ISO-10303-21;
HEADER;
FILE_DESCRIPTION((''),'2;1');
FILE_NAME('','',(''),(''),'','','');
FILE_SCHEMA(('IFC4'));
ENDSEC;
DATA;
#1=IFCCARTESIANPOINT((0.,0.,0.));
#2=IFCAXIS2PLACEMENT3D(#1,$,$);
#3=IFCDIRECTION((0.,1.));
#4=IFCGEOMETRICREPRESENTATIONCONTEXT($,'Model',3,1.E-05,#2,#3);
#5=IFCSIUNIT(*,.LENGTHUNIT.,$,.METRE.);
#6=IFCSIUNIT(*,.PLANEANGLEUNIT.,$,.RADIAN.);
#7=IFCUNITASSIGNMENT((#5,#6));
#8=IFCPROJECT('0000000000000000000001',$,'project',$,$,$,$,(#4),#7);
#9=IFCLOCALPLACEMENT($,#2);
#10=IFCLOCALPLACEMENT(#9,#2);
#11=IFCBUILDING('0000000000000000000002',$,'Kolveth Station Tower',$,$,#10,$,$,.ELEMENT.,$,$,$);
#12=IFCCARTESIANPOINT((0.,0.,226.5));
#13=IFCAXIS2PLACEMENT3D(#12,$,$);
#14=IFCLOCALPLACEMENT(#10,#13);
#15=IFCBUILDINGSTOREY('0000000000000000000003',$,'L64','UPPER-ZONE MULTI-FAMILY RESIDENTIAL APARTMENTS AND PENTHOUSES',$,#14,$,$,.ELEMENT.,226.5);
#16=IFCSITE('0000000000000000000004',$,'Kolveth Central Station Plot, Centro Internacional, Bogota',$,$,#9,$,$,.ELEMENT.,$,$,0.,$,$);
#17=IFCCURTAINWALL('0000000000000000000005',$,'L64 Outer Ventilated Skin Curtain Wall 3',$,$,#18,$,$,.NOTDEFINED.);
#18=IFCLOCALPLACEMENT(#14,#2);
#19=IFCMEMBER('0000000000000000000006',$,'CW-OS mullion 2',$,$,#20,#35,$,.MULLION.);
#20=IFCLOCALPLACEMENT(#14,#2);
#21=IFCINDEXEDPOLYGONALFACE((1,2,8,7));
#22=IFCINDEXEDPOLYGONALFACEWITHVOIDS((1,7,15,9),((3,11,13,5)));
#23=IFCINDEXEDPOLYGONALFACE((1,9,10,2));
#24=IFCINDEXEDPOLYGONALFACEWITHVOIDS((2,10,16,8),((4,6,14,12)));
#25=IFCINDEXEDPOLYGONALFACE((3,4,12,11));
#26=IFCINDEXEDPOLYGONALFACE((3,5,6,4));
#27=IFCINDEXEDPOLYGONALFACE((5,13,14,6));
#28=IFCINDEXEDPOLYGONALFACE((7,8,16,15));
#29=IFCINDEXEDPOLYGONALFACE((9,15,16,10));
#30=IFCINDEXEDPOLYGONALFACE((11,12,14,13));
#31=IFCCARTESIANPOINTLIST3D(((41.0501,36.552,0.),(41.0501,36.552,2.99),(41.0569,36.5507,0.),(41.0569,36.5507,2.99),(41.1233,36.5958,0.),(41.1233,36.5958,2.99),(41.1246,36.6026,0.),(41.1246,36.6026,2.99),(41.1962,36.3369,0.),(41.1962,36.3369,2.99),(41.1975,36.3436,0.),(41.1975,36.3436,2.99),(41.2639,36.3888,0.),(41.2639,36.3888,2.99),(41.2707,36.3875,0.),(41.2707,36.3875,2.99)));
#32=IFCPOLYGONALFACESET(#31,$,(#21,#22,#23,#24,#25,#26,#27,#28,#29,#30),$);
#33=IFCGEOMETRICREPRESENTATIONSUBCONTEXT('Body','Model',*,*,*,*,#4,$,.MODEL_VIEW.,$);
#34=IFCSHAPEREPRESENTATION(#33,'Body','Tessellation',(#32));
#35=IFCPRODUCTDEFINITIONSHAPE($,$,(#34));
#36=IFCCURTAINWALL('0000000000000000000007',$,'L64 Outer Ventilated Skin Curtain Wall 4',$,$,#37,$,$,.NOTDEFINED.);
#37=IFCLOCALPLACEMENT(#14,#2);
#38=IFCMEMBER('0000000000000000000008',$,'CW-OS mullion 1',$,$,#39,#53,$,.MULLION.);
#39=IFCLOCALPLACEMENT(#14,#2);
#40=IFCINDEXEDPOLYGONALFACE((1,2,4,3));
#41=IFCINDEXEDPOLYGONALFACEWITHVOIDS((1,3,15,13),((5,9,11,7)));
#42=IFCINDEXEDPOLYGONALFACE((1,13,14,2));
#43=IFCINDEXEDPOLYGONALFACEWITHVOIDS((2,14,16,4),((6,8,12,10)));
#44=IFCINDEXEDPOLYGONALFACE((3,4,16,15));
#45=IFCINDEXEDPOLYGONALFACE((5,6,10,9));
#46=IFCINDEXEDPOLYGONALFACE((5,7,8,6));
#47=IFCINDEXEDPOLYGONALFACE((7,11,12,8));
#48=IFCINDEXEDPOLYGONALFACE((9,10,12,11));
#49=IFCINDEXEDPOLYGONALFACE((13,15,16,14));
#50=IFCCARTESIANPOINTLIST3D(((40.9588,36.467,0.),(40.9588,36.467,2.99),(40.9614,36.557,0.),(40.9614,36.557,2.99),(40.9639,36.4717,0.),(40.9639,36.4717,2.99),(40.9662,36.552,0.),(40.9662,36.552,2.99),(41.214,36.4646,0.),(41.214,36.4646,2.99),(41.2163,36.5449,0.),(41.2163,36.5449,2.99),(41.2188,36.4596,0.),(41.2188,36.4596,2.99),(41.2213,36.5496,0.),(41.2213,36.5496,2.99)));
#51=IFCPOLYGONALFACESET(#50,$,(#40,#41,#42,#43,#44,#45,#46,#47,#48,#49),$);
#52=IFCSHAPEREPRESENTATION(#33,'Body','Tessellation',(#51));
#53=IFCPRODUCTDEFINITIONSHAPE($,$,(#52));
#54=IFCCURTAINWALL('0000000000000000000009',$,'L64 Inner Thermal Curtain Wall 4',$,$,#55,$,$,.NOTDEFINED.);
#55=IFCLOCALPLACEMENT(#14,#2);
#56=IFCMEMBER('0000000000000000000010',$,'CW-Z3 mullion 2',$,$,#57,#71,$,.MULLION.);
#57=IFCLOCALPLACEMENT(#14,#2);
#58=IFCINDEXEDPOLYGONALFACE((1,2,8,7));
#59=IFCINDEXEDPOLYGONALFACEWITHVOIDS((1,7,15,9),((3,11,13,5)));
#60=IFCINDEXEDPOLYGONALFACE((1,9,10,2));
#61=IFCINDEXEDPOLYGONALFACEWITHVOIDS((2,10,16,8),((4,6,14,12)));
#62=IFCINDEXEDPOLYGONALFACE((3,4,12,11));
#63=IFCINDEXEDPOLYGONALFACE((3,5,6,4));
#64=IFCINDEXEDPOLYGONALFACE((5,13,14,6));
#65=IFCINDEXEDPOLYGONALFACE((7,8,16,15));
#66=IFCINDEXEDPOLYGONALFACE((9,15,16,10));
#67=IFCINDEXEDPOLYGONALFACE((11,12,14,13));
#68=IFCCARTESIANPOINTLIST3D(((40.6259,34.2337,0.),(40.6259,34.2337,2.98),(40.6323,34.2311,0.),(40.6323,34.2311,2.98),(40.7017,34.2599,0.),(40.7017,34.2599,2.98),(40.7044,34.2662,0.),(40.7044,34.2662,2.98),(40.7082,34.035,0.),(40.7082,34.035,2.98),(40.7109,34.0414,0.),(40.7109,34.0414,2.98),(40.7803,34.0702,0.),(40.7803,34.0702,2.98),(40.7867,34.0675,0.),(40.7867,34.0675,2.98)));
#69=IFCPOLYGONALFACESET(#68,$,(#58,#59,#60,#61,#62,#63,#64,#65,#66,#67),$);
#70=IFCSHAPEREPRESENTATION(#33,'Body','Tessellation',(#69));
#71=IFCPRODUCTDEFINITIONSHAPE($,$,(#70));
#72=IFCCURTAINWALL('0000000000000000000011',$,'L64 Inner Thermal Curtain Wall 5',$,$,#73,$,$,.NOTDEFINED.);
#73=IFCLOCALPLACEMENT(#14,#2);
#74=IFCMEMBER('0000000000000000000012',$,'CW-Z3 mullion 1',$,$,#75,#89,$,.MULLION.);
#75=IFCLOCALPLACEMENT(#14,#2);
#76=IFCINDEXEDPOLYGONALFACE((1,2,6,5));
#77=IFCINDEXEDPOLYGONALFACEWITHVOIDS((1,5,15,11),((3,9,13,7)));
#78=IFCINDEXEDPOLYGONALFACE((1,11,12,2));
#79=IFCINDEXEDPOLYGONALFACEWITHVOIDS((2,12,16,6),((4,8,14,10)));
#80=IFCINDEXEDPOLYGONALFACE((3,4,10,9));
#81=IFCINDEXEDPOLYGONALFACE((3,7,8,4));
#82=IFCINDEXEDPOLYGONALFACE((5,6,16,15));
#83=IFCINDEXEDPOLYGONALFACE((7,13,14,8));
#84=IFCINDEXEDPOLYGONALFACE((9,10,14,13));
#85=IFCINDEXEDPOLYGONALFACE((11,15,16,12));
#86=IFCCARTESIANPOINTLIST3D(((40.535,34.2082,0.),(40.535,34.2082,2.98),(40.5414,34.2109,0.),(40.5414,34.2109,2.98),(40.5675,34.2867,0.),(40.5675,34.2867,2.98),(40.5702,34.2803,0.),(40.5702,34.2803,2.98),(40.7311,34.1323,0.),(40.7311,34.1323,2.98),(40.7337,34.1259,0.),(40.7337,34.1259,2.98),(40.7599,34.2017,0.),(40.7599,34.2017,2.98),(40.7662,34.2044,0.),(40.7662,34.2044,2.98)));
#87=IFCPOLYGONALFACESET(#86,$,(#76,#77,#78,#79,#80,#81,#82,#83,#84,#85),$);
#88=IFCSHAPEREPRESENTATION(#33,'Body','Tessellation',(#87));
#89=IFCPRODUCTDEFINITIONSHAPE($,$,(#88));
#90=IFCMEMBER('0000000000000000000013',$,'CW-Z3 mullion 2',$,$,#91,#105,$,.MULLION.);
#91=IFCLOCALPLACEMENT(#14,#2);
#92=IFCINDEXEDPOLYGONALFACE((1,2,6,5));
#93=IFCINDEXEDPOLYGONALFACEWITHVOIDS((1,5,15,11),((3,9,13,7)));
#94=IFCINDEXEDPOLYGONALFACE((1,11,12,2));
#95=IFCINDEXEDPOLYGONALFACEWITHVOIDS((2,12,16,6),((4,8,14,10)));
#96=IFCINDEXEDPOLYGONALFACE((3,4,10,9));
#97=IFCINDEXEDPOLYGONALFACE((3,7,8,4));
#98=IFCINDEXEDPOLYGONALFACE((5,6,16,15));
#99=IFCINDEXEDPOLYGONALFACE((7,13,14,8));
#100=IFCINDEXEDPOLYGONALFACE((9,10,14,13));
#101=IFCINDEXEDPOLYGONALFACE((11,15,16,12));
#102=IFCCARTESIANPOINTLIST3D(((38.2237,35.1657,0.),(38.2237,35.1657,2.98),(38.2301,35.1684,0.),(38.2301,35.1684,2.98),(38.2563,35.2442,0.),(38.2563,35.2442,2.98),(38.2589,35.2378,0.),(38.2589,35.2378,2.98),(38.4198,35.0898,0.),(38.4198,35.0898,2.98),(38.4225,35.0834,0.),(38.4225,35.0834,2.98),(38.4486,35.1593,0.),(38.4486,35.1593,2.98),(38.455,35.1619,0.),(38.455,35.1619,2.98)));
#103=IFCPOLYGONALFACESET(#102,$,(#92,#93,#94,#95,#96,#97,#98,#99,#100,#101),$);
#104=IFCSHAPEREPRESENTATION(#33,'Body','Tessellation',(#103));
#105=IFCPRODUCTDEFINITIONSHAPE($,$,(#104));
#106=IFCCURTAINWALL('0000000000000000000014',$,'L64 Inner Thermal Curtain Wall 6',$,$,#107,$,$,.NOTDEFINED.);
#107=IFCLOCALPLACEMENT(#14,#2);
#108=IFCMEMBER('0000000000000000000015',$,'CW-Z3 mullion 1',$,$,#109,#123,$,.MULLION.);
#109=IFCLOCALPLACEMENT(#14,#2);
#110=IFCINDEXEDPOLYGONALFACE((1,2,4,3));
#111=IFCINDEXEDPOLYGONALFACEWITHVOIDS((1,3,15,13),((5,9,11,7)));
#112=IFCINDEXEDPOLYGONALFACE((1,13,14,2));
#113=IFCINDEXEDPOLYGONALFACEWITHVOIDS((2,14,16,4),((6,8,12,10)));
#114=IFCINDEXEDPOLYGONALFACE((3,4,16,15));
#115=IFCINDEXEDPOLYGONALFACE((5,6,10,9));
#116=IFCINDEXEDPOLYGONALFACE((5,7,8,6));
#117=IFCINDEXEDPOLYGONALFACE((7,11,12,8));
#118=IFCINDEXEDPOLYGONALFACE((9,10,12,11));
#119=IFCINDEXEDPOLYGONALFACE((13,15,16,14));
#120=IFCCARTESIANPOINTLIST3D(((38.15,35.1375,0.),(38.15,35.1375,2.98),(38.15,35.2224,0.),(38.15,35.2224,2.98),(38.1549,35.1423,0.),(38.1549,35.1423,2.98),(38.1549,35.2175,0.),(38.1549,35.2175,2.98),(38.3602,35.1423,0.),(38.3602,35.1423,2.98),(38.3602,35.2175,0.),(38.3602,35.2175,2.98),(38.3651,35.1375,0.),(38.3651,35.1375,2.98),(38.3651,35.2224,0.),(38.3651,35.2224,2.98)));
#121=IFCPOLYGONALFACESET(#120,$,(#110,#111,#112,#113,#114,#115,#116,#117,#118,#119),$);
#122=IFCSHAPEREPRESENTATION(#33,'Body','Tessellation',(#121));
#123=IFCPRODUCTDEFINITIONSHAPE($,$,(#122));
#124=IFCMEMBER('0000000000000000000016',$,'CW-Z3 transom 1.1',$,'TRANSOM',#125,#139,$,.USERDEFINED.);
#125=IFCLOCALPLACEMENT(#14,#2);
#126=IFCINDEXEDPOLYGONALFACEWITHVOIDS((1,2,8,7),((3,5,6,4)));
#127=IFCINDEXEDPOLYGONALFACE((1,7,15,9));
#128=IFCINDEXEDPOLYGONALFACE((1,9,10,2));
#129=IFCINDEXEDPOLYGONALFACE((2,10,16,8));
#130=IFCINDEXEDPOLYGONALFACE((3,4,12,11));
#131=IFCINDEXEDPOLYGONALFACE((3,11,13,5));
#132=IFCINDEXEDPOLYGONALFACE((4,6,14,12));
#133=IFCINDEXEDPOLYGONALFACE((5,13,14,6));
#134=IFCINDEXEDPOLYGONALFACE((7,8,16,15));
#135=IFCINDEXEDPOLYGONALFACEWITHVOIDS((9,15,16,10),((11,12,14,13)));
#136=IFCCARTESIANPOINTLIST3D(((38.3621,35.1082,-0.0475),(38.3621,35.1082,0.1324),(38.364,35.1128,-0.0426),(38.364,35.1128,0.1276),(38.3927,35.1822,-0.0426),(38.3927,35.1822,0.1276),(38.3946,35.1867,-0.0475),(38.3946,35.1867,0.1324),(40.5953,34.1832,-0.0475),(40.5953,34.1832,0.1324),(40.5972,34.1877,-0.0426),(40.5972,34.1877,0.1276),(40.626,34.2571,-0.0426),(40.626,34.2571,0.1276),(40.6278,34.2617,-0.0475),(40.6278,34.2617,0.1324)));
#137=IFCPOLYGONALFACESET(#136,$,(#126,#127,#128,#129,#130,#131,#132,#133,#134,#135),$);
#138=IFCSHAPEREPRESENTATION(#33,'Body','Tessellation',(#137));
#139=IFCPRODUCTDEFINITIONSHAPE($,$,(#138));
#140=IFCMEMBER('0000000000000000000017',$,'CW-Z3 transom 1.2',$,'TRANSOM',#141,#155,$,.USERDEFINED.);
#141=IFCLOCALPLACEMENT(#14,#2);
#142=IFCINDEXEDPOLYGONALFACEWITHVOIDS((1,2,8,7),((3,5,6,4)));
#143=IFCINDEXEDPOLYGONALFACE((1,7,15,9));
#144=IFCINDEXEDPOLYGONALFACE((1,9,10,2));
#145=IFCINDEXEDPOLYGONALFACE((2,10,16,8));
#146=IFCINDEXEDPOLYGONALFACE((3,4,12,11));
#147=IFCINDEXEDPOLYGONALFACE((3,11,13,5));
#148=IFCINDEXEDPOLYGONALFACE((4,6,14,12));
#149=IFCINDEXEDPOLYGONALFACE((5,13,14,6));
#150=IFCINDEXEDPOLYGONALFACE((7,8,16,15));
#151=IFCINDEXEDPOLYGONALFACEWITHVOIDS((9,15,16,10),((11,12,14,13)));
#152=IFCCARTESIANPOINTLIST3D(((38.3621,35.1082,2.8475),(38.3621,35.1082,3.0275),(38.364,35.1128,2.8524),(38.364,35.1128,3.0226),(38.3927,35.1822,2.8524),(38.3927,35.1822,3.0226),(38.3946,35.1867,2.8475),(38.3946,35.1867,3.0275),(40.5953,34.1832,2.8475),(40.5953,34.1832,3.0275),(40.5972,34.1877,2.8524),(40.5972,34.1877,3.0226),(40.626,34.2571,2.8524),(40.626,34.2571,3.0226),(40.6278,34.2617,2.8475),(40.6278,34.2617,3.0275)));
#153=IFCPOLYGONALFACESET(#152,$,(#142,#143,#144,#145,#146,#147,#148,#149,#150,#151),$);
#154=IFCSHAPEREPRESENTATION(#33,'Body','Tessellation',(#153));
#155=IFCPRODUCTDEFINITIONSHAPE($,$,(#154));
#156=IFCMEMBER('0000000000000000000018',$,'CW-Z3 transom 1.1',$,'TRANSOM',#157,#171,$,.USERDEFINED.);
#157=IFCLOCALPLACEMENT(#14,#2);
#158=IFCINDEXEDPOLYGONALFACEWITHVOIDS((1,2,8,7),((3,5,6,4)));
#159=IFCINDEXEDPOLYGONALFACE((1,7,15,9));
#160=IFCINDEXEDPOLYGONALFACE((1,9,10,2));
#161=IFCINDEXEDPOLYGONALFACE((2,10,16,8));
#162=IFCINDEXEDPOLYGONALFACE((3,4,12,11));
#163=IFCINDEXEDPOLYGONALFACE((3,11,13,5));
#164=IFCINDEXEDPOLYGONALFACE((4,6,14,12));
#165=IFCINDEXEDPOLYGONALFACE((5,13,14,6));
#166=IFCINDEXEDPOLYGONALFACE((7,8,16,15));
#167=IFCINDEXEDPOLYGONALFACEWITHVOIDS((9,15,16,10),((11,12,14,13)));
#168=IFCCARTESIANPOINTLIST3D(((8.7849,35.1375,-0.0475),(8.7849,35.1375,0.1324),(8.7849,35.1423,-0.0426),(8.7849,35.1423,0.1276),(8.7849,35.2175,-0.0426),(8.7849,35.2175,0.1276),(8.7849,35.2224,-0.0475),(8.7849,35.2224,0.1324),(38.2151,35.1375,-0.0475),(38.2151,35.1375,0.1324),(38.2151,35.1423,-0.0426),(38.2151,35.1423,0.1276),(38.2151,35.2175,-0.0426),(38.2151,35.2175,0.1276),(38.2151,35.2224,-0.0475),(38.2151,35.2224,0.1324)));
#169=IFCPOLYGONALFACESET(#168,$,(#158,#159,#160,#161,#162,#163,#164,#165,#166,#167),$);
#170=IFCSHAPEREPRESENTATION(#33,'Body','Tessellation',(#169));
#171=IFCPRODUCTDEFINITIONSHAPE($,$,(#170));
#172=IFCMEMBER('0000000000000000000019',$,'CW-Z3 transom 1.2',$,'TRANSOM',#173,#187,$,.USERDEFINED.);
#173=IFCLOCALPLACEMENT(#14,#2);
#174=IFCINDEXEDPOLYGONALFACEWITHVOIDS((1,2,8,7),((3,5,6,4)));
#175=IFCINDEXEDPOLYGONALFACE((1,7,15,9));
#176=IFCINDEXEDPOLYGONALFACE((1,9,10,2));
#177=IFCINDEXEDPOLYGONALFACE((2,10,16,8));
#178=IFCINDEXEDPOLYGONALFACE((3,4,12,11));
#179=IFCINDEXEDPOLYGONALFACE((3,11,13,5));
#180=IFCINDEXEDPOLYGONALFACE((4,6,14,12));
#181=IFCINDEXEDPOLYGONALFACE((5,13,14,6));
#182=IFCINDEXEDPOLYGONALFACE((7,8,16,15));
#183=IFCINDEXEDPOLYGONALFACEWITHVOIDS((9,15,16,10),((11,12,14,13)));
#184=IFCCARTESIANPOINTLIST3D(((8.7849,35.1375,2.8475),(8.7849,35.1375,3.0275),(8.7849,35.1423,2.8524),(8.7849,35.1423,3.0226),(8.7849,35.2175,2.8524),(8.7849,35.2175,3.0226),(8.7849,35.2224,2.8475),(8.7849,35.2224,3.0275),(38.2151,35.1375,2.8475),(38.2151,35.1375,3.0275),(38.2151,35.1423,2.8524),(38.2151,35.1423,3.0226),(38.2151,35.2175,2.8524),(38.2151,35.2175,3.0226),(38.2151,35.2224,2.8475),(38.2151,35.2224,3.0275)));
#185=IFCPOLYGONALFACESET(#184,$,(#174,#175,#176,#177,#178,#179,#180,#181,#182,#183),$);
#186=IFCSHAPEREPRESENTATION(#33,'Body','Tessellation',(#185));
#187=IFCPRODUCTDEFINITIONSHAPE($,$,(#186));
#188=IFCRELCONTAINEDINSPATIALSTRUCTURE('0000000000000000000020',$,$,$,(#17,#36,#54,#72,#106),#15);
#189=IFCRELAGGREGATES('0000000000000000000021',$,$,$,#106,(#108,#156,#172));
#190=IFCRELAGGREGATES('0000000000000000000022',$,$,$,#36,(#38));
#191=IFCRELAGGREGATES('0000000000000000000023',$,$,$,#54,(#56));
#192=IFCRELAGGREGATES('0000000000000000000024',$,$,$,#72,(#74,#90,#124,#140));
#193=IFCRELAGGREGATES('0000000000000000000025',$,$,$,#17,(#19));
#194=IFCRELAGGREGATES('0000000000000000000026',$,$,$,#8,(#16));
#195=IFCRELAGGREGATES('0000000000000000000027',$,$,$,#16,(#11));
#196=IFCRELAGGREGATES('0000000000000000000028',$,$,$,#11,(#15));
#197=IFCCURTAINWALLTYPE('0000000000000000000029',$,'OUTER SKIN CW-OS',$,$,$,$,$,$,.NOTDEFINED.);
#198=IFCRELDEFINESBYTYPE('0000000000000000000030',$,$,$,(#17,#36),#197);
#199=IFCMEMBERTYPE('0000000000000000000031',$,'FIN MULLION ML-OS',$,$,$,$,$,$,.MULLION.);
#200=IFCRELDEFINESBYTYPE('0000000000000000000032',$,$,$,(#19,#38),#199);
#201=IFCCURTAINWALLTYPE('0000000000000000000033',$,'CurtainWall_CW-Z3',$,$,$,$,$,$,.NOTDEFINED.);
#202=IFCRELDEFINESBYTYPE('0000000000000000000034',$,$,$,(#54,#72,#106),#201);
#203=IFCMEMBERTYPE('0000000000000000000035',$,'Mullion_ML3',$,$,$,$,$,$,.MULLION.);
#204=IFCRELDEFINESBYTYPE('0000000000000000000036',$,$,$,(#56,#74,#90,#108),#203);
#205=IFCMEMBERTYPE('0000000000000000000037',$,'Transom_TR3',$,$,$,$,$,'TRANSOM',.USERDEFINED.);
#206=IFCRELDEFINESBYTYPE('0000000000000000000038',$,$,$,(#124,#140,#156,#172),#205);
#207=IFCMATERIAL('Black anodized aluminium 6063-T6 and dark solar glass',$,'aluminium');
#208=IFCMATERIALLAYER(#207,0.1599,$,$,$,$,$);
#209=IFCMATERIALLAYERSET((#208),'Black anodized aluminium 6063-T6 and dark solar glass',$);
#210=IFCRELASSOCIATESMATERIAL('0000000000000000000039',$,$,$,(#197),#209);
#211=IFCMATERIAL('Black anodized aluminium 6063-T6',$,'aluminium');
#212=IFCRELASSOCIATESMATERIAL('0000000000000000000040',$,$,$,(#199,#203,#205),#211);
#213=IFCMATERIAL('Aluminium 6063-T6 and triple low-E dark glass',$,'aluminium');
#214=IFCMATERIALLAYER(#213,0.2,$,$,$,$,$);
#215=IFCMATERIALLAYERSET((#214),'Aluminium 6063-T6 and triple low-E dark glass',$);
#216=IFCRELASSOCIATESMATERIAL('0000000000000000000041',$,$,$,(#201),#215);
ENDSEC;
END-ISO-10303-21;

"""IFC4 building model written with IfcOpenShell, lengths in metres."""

from ifc_helpers import new_model, si_unit, direction, frame, origin, origin_2d, place, context, subcontext, project, spatial, hollow_rectangle, extrude, source, transform, mapped, material, layer, layer_set, material_profile, profile_set, type_object, element, aggregate, save


model = new_model("IFC4")

# Units and contexts
model_context = context("Model", 3, precision=1e-05, world=origin(), true_north=direction((0.0, 1.0)))
body_context = subcontext(model_context, "Body", "Model", "MODEL_VIEW")
ifc_project = project(units=[si_unit("LENGTHUNIT", "METRE"), si_unit("PLANEANGLEUNIT", "RADIAN")], contexts=[model_context])

# Site, building, storey
site_placement = place(None, origin())
site = spatial("IfcSite", under=ifc_project, at=site_placement, Name="Kolveth Central Station Plot, Centro Internacional, Bogota", CompositionType="ELEMENT", RefElevation=0.0)
building_placement = place(site_placement, origin())
building = spatial("IfcBuilding", under=site, at=building_placement, Name="Kolveth Station Tower", CompositionType="ELEMENT")
storey_placement = place(building_placement, frame((0.0, 0.0, 226.5)))
storey = spatial("IfcBuildingStorey", under=building, at=storey_placement, Name="L64", Description="UPPER-ZONE MULTI-FAMILY RESIDENTIAL APARTMENTS AND PENTHOUSES", CompositionType="ELEMENT", Elevation=226.5)

# Curtain walls, members
ifc_material_1 = material(Name="Black anodized aluminium 6063-T6 and dark solar glass", Category="aluminium")
ifc_layer_1 = layer(ifc_material_1, 0.1599)
ifc_layer_set_1 = layer_set([ifc_layer_1], Name="Black anodized aluminium 6063-T6 and dark solar glass")
curtain_wall_type_1 = type_object("IfcCurtainWallType", Name="OUTER SKIN CW-OS", PredefinedType="NOTDEFINED", material=ifc_layer_set_1)
curtain_wall_1_placement = place(storey_placement, origin())
curtain_wall_1 = element("IfcCurtainWall", 1, at=curtain_wall_1_placement, inside=storey, type_object=curtain_wall_type_1, Name="L64 Outer Ventilated Skin Curtain Wall 3", PredefinedType="NOTDEFINED")
ifc_material_2 = material(Name="Black anodized aluminium 6063-T6", Category="aluminium")
ifc_material_profile_1 = material_profile(ifc_material_2, hollow_rectangle(XDim=0.0901, YDim=0.26, WallThickness=0.0049, at=origin_2d()), Name="ALU-90x260x5")
ifc_profile_set_1 = profile_set([ifc_material_profile_1], Name="Black anodized aluminium 6063-T6")
member_type_1 = type_object("IfcMemberType", Name="FIN MULLION ML-OS", PredefinedType="MULLION", material=ifc_profile_set_1)
shared_shape_1 = source(origin(), body_context, "Body", "SweptSolid", [
    extrude(hollow_rectangle(XDim=0.0901, YDim=0.26, WallThickness=0.0049, at=origin_2d()), origin(), (0.0, 0.0, 1.0), 2.99),
])
member_1_placement = place(storey_placement, frame((41.1604, 36.4697, 0.0), z_axis=(0.0, 0.0, 1.0), x_axis=(-0.827335, -0.561709, 0.0)))
member_1 = element("IfcMember", 2, at=member_1_placement, type_object=member_type_1, Name="CW-OS mullion 2", PredefinedType="MULLION", context=body_context, shape_type="MappedRepresentation", body=[
    mapped(shared_shape_1, transform((0.0, 0.0, 0.0), x_axis=(1.0, 0.0, 0.0), y_axis=(0.0, 1.0, 0.0), z_axis=(0.0, 0.0, 1.0), scale=1.0)),
])
curtain_wall_2_placement = place(storey_placement, origin())
curtain_wall_2 = element("IfcCurtainWall", 3, at=curtain_wall_2_placement, inside=storey, type_object=curtain_wall_type_1, Name="L64 Outer Ventilated Skin Curtain Wall 4", PredefinedType="NOTDEFINED")
member_2_placement = place(storey_placement, frame((41.0901, 36.5083, 0.0), z_axis=(0.0, 0.0, 1.0), x_axis=(-0.028562, -0.999592, 0.0)))
member_2 = element("IfcMember", 4, at=member_2_placement, type_object=member_type_1, Name="CW-OS mullion 1", PredefinedType="MULLION", context=body_context, shape_type="MappedRepresentation", body=[
    mapped(shared_shape_1, transform((0.0, 0.0, 0.0), x_axis=(1.0, 0.0, 0.0), y_axis=(0.0, 1.0, 0.0), z_axis=(0.0, 0.0, 1.0), scale=1.0)),
])
ifc_material_3 = material(Name="Aluminium 6063-T6 and triple low-E dark glass", Category="aluminium")
ifc_layer_2 = layer(ifc_material_3, 0.2)
ifc_layer_set_2 = layer_set([ifc_layer_2], Name="Aluminium 6063-T6 and triple low-E dark glass")
curtain_wall_type_2 = type_object("IfcCurtainWallType", Name="CurtainWall_CW-Z3", PredefinedType="NOTDEFINED", material=ifc_layer_set_2)
curtain_wall_3_placement = place(storey_placement, origin())
curtain_wall_3 = element("IfcCurtainWall", 5, at=curtain_wall_3_placement, inside=storey, type_object=curtain_wall_type_2, Name="L64 Inner Thermal Curtain Wall 4", PredefinedType="NOTDEFINED")
ifc_material_profile_2 = material_profile(ifc_material_2, hollow_rectangle(XDim=0.085, YDim=0.2151, WallThickness=0.0049, at=origin_2d()), Name="ALU-85x215x5")
ifc_profile_set_2 = profile_set([ifc_material_profile_2], Name="Black anodized aluminium 6063-T6")
member_type_2 = type_object("IfcMemberType", Name="Mullion_ML3", PredefinedType="MULLION", material=ifc_profile_set_2)
shared_shape_2 = source(origin(), body_context, "Body", "SweptSolid", [
    extrude(hollow_rectangle(XDim=0.085, YDim=0.2151, WallThickness=0.0049, at=origin_2d()), origin(), (0.0, 0.0, 1.0), 2.98),
])
member_3_placement = place(storey_placement, frame((40.7063, 34.1506, 0.0), z_axis=(0.0, 0.0, 1.0), x_axis=(-0.923875, -0.382693, 0.0)))
member_3 = element("IfcMember", 6, at=member_3_placement, type_object=member_type_2, Name="CW-Z3 mullion 2", PredefinedType="MULLION", context=body_context, shape_type="MappedRepresentation", body=[
    mapped(shared_shape_2, transform((0.0, 0.0, 0.0), x_axis=(1.0, 0.0, 0.0), y_axis=(0.0, 1.0, 0.0), z_axis=(0.0, 0.0, 1.0), scale=1.0)),
])

# Curtain wall, members
curtain_wall_4_placement = place(storey_placement, origin())
curtain_wall_4 = element("IfcCurtainWall", 7, at=curtain_wall_4_placement, inside=storey, type_object=curtain_wall_type_2, Name="L64 Inner Thermal Curtain Wall 5", PredefinedType="NOTDEFINED")
member_4_placement = place(storey_placement, frame((40.6506, 34.2063, 0.0), z_axis=(0.0, 0.0, 1.0), x_axis=(-0.382693, -0.923875, 0.0)))
member_4 = element("IfcMember", 8, at=member_4_placement, type_object=member_type_2, Name="CW-Z3 mullion 1", PredefinedType="MULLION", context=body_context, shape_type="MappedRepresentation", body=[
    mapped(shared_shape_2, transform((0.0, 0.0, 0.0), x_axis=(1.0, 0.0, 0.0), y_axis=(0.0, 1.0, 0.0), z_axis=(0.0, 0.0, 1.0), scale=1.0)),
])
member_5_placement = place(storey_placement, frame((38.3394, 35.1638, 0.0), z_axis=(0.0, 0.0, 1.0), x_axis=(-0.382693, -0.923875, 0.0)))
member_5 = element("IfcMember", 9, at=member_5_placement, type_object=member_type_2, Name="CW-Z3 mullion 2", PredefinedType="MULLION", context=body_context, shape_type="MappedRepresentation", body=[
    mapped(shared_shape_2, transform((0.0, 0.0, 0.0), x_axis=(1.0, 0.0, 0.0), y_axis=(0.0, 1.0, 0.0), z_axis=(0.0, 0.0, 1.0), scale=1.0)),
])

# Curtain wall, member
curtain_wall_5_placement = place(storey_placement, origin())
curtain_wall_5 = element("IfcCurtainWall", 10, at=curtain_wall_5_placement, inside=storey, type_object=curtain_wall_type_2, Name="L64 Inner Thermal Curtain Wall 6", PredefinedType="NOTDEFINED")
member_6_placement = place(storey_placement, frame((38.2576, 35.1799, 0.0), z_axis=(0.0, 0.0, 1.0), x_axis=(0.0, -1.0, 0.0)))
member_6 = element("IfcMember", 11, at=member_6_placement, type_object=member_type_2, Name="CW-Z3 mullion 1", PredefinedType="MULLION", context=body_context, shape_type="MappedRepresentation", body=[
    mapped(shared_shape_2, transform((0.0, 0.0, 0.0), x_axis=(1.0, 0.0, 0.0), y_axis=(0.0, 1.0, 0.0), z_axis=(0.0, 0.0, 1.0), scale=1.0)),
])

# Members
ifc_material_profile_3 = material_profile(ifc_material_2, hollow_rectangle(XDim=0.085, YDim=0.1799, WallThickness=0.0049, at=origin_2d()), Name="ALU-85x180x5")
ifc_profile_set_3 = profile_set([ifc_material_profile_3], Name="Black anodized aluminium 6063-T6")
member_type_3 = type_object("IfcMemberType", Name="Transom_TR3", ElementType="TRANSOM", PredefinedType="USERDEFINED", material=ifc_profile_set_3)
shared_shape_3 = source(origin(), body_context, "Body", "SweptSolid", [
    extrude(hollow_rectangle(XDim=0.085, YDim=0.1799, WallThickness=0.0049, at=origin_2d()), origin(), (0.0, 0.0, 1.0), 2.4172),
])
member_7_placement = place(storey_placement, frame((40.6116, 34.2224, 0.0425), z_axis=(-0.923873, 0.3827, 0.0), x_axis=(-0.3827, -0.923873, 0.0)))
member_7 = element("IfcMember", 12, at=member_7_placement, type_object=member_type_3, Name="CW-Z3 transom 1.1", ObjectType="TRANSOM", PredefinedType="USERDEFINED", context=body_context, shape_type="MappedRepresentation", body=[
    mapped(shared_shape_3, transform((0.0, 0.0, 0.0), x_axis=(1.0, 0.0, 0.0), y_axis=(0.0, 1.0, 0.0), z_axis=(0.0, 0.0, 1.0), scale=1.0)),
])
member_8_placement = place(storey_placement, frame((40.6116, 34.2224, 2.9375), z_axis=(-0.923873, 0.3827, 0.0), x_axis=(-0.3827, -0.923873, 0.0)))
member_8 = element("IfcMember", 13, at=member_8_placement, type_object=member_type_3, Name="CW-Z3 transom 1.2", ObjectType="TRANSOM", PredefinedType="USERDEFINED", context=body_context, shape_type="MappedRepresentation", body=[
    mapped(shared_shape_3, transform((0.0, 0.0, 0.0), x_axis=(1.0, 0.0, 0.0), y_axis=(0.0, 1.0, 0.0), z_axis=(0.0, 0.0, 1.0), scale=1.0)),
])
shared_shape_4 = source(origin(), body_context, "Body", "SweptSolid", [
    extrude(hollow_rectangle(XDim=0.085, YDim=0.1799, WallThickness=0.0049, at=origin_2d()), origin(), (0.0, 0.0, 1.0), 29.4302),
])
member_9_placement = place(storey_placement, frame((38.2151, 35.1799, 0.0425), z_axis=(-1.0, 0.0, 0.0), x_axis=(0.0, -1.0, 0.0)))
member_9 = element("IfcMember", 14, at=member_9_placement, type_object=member_type_3, Name="CW-Z3 transom 1.1", ObjectType="TRANSOM", PredefinedType="USERDEFINED", context=body_context, shape_type="MappedRepresentation", body=[
    mapped(shared_shape_4, transform((0.0, 0.0, 0.0), x_axis=(1.0, 0.0, 0.0), y_axis=(0.0, 1.0, 0.0), z_axis=(0.0, 0.0, 1.0), scale=1.0)),
])
member_10_placement = place(storey_placement, frame((38.2151, 35.1799, 2.9375), z_axis=(-1.0, 0.0, 0.0), x_axis=(0.0, -1.0, 0.0)))
member_10 = element("IfcMember", 15, at=member_10_placement, type_object=member_type_3, Name="CW-Z3 transom 1.2", ObjectType="TRANSOM", PredefinedType="USERDEFINED", context=body_context, shape_type="MappedRepresentation", body=[
    mapped(shared_shape_4, transform((0.0, 0.0, 0.0), x_axis=(1.0, 0.0, 0.0), y_axis=(0.0, 1.0, 0.0), z_axis=(0.0, 0.0, 1.0), scale=1.0)),
])
aggregate(curtain_wall_5, [member_6, member_9, member_10])
aggregate(curtain_wall_2, [member_2])

aggregate(curtain_wall_3, [member_3])
aggregate(curtain_wall_4, [member_4, member_5, member_7, member_8])
aggregate(curtain_wall_1, [member_1])

save(model, "model.ifc")
